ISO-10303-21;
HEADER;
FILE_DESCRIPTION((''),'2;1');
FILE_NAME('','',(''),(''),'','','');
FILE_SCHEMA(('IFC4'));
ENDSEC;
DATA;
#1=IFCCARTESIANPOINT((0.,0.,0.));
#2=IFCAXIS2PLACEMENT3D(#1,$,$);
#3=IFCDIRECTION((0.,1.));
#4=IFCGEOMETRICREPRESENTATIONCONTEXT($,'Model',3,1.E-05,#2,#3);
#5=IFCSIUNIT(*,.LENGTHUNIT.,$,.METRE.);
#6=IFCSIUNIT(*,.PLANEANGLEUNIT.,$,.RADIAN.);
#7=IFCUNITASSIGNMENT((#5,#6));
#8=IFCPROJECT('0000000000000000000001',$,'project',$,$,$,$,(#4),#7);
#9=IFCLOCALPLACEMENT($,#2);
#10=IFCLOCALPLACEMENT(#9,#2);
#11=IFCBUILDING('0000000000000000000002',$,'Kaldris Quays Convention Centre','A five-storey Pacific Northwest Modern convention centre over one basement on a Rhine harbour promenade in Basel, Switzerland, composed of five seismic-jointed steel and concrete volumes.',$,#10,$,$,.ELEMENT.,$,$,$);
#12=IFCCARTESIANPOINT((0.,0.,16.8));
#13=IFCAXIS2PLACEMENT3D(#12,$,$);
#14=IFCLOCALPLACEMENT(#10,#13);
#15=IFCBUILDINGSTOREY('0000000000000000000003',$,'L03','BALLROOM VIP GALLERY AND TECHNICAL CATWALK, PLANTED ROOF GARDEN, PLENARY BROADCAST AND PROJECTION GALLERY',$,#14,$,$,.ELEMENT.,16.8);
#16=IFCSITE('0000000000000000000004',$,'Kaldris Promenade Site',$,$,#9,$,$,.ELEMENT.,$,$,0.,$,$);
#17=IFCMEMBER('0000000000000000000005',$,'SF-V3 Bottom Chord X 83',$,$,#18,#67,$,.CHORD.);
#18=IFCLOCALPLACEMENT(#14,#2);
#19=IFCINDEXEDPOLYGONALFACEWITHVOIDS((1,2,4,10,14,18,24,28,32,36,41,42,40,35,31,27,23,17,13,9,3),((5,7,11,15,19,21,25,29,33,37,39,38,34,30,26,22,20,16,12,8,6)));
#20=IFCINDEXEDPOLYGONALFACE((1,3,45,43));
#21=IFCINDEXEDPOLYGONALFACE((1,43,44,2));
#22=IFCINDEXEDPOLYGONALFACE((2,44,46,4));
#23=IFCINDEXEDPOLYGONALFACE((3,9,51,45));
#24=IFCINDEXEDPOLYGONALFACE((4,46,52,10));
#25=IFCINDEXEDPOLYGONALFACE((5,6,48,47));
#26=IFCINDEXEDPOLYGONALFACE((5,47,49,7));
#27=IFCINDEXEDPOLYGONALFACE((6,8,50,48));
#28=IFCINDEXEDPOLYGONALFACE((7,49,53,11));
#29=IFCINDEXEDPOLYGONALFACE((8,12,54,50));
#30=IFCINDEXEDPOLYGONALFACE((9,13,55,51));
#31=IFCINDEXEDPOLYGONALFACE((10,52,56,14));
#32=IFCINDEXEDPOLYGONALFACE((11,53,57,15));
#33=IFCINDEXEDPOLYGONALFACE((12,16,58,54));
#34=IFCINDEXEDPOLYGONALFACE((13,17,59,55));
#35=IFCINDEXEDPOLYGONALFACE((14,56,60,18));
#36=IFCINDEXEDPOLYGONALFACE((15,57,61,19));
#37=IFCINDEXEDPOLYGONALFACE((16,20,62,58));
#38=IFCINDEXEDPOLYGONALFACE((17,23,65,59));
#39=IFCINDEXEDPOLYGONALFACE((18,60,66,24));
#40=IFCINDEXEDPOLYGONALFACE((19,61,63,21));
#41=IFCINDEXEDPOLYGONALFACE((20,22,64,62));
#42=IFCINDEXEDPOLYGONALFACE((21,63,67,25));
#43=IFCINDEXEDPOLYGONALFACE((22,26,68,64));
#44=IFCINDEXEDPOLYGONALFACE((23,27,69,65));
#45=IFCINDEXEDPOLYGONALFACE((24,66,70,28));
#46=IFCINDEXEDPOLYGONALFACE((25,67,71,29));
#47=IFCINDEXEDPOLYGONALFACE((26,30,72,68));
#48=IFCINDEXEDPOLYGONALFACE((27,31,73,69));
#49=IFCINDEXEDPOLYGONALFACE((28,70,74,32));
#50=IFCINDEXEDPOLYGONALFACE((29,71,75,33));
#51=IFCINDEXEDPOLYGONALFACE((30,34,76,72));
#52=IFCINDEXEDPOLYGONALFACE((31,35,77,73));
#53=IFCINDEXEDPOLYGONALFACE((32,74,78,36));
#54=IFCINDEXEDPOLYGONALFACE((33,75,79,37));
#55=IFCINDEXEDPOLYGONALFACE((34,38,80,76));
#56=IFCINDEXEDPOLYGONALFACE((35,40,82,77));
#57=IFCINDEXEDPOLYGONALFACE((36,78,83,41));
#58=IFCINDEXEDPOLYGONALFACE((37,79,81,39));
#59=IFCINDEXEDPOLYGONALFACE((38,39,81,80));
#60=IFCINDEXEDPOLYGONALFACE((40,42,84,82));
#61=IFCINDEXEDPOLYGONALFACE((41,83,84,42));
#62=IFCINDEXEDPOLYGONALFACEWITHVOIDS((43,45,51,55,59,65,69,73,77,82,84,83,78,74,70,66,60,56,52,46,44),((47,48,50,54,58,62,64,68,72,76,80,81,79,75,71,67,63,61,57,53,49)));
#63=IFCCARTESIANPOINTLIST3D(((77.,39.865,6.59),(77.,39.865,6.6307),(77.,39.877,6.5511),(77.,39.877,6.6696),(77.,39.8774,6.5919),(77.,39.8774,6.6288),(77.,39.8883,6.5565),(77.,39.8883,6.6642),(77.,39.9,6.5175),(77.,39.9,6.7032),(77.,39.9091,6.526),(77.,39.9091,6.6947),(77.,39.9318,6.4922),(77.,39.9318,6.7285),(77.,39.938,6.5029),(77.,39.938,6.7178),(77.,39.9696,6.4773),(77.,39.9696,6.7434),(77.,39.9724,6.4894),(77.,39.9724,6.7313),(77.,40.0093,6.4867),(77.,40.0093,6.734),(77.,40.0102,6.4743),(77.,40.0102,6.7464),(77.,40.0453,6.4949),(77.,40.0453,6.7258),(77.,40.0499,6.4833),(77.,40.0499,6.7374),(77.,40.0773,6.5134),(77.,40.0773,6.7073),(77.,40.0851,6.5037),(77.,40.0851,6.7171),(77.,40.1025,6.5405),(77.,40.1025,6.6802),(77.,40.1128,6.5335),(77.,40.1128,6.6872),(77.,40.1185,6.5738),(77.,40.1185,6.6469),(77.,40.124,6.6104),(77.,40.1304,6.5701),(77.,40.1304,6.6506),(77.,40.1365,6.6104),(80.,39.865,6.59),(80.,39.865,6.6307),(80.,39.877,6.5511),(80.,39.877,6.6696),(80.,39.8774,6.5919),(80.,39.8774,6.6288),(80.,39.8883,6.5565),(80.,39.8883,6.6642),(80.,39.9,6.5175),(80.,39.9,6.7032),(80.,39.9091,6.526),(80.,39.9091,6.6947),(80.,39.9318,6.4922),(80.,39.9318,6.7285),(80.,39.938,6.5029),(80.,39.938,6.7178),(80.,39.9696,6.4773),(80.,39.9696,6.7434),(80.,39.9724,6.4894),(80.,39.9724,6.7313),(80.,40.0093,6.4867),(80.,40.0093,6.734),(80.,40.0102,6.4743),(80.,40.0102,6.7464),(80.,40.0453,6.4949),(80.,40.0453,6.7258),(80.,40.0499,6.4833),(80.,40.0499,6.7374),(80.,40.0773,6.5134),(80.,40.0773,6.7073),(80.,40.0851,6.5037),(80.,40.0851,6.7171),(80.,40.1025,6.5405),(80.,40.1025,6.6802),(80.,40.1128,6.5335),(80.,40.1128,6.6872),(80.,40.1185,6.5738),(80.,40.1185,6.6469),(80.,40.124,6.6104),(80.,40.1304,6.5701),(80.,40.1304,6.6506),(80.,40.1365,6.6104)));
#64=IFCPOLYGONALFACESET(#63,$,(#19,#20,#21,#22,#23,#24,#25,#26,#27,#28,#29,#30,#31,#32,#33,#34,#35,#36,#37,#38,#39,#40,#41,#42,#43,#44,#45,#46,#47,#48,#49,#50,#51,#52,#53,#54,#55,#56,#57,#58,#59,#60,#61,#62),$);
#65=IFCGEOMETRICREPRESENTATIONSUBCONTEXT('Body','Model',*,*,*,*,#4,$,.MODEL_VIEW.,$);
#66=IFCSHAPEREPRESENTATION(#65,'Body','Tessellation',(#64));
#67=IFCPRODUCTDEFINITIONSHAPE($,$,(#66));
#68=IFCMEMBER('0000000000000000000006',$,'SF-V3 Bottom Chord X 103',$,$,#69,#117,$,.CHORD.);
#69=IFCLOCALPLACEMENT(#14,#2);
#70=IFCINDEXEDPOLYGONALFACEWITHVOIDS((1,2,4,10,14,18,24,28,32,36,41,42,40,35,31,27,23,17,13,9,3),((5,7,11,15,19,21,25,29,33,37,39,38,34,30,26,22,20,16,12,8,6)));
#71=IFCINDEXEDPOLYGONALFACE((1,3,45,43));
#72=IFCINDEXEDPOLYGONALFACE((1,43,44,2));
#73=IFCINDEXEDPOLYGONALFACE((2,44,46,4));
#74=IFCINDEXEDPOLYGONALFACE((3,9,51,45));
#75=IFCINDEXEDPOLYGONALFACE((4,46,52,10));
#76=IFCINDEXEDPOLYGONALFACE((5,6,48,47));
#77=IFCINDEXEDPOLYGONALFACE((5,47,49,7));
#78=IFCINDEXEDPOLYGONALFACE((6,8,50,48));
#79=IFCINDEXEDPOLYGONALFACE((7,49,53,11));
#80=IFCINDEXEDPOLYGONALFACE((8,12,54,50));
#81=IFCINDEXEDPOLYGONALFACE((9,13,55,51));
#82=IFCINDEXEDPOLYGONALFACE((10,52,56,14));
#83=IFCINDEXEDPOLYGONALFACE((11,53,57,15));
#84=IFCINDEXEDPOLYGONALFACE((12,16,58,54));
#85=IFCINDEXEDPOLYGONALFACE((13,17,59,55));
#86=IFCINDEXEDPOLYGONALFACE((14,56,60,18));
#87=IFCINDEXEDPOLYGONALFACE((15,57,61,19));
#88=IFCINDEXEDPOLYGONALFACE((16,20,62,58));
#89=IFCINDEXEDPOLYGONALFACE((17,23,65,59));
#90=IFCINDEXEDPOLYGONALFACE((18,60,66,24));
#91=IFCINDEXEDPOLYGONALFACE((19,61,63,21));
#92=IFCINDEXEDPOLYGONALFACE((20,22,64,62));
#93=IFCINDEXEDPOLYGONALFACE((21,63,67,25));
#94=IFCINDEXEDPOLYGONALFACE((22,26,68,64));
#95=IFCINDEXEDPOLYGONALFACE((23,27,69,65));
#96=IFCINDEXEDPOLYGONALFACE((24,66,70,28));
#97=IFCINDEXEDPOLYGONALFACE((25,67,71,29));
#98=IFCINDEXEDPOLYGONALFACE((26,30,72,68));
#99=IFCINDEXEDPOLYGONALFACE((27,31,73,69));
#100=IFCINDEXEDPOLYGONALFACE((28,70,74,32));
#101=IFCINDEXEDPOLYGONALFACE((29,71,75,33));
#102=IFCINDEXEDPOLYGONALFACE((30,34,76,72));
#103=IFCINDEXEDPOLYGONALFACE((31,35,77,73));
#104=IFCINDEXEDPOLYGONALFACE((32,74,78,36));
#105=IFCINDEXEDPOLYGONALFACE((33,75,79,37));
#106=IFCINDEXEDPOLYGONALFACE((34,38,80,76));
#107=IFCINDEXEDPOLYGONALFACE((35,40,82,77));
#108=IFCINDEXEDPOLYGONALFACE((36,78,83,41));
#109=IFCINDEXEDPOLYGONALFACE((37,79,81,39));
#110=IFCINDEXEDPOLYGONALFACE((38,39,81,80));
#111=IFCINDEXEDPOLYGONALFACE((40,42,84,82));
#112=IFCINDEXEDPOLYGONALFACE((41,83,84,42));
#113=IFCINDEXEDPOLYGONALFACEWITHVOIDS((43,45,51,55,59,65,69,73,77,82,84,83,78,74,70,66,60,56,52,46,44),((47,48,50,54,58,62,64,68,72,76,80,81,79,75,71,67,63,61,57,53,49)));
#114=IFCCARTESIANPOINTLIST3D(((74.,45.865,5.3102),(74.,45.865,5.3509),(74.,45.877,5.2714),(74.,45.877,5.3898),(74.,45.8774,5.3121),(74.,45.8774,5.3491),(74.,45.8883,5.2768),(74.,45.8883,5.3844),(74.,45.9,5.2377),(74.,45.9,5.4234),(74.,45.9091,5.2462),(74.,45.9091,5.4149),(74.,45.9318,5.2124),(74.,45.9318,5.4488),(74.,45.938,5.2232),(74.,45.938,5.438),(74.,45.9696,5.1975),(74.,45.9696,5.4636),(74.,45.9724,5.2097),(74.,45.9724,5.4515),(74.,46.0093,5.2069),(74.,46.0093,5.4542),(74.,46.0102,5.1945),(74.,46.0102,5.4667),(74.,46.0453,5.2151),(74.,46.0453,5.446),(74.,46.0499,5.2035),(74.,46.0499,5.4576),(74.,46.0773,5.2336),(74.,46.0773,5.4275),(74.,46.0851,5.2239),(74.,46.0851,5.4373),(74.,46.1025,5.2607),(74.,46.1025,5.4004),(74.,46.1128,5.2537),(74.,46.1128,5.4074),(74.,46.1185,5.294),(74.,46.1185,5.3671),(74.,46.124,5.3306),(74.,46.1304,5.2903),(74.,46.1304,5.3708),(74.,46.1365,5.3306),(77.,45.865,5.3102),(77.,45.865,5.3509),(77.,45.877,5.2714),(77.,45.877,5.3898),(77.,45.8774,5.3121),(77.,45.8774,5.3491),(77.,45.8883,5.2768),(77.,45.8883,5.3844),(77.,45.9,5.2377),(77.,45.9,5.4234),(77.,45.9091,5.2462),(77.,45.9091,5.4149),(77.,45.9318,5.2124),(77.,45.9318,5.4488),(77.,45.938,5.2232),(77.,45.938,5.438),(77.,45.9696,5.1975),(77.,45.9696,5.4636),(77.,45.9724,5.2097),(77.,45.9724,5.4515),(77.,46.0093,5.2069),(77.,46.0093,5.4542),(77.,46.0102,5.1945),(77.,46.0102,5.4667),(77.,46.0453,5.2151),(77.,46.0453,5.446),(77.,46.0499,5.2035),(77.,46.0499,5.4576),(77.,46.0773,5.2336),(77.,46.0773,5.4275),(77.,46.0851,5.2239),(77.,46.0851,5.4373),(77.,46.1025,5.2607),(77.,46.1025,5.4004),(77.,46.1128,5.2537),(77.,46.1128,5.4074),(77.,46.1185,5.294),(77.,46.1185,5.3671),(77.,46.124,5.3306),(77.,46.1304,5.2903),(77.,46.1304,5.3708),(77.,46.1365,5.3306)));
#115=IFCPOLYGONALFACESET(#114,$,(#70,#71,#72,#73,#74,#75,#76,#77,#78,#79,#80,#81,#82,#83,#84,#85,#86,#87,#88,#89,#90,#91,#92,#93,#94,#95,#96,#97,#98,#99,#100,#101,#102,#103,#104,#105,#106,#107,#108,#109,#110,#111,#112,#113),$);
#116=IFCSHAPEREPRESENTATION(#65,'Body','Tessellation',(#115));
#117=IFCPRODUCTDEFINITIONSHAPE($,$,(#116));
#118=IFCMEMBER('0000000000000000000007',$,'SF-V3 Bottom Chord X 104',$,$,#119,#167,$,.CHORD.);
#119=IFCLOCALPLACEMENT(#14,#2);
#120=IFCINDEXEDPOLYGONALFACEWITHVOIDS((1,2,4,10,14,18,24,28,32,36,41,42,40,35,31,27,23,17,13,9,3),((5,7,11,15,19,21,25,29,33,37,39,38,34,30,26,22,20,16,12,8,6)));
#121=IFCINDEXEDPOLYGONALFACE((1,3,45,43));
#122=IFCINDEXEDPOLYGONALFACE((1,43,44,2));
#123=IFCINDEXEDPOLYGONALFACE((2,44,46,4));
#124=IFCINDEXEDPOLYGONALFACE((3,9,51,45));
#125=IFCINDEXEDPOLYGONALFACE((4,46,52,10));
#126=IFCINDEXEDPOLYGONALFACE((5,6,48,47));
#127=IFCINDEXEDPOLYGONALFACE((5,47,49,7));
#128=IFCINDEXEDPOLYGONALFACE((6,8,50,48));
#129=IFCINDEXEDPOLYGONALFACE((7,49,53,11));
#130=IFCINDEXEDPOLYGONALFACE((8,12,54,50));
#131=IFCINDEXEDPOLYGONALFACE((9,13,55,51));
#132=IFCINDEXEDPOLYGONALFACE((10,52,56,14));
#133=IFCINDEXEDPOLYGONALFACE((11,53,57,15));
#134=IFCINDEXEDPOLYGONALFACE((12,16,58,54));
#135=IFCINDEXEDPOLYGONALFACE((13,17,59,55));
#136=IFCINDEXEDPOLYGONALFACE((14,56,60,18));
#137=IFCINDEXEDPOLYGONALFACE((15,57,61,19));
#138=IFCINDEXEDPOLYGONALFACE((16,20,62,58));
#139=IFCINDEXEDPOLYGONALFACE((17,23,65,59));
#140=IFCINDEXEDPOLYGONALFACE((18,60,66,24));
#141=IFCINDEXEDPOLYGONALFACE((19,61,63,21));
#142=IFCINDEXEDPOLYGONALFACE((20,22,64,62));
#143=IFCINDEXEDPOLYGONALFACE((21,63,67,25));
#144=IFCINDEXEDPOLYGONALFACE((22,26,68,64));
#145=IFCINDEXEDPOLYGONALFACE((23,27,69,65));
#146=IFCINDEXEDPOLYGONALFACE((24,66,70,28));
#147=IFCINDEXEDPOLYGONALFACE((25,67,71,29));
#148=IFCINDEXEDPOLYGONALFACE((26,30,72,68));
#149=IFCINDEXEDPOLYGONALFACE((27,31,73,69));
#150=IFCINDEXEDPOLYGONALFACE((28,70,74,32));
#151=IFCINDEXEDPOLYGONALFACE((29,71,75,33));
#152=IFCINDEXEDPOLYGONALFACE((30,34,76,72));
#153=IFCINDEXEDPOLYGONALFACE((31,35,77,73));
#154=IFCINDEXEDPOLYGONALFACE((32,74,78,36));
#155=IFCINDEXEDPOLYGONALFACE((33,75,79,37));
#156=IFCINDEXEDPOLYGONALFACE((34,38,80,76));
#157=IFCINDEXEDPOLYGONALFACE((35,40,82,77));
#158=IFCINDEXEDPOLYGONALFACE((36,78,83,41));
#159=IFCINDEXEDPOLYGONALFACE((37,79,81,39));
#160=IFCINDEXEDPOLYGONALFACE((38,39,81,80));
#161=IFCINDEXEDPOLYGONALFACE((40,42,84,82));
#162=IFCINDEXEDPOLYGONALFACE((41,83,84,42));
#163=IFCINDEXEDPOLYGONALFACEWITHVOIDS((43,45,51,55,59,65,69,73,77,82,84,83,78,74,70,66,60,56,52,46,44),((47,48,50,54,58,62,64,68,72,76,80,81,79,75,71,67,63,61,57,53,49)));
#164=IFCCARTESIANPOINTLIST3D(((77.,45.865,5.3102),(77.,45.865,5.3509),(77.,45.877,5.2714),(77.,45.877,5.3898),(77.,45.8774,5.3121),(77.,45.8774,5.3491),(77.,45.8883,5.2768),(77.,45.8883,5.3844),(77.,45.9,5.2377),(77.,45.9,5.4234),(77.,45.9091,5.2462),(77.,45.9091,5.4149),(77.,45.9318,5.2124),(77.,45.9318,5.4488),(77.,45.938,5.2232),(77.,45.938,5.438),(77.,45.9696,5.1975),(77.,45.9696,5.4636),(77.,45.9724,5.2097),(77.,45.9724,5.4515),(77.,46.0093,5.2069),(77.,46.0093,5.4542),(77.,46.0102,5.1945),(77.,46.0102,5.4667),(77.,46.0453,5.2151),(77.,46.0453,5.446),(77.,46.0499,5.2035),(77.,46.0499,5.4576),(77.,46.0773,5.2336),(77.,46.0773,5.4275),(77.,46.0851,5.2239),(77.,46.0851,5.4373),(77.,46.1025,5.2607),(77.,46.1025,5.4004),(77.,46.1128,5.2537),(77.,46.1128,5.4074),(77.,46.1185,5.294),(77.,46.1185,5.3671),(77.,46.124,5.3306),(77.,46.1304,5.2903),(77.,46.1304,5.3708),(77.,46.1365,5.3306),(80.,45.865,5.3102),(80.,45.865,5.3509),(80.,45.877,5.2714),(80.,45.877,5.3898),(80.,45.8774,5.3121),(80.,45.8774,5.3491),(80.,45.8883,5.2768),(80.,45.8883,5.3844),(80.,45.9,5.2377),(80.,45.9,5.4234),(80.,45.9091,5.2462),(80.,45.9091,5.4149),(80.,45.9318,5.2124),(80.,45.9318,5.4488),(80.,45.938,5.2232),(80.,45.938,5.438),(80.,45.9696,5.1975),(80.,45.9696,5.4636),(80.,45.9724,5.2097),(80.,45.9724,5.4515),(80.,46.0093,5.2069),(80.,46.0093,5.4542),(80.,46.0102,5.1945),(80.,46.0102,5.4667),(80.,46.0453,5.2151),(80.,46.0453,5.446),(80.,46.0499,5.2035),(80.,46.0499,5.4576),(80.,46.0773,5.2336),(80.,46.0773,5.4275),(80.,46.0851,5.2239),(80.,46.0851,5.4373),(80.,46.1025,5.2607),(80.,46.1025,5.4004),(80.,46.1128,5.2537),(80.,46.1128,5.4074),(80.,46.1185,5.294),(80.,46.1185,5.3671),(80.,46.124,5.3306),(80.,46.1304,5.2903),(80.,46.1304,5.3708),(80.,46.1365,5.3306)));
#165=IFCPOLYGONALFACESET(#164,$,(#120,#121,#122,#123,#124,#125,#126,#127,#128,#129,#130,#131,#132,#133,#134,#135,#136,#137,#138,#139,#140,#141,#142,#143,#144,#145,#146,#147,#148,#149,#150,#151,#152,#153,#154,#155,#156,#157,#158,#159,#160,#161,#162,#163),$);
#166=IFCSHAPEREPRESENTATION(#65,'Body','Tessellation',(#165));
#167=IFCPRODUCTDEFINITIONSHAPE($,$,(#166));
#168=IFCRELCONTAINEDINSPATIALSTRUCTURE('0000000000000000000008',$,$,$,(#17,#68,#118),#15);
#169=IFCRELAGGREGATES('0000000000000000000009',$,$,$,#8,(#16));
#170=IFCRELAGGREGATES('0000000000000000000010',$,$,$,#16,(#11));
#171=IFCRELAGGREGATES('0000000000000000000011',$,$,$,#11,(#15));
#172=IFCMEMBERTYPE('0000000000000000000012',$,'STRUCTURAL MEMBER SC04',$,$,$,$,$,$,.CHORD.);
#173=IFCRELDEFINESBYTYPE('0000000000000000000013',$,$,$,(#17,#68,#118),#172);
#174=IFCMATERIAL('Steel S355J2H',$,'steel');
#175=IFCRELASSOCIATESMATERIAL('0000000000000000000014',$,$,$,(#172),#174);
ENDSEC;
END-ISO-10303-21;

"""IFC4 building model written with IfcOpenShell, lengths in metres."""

from ifc_helpers import new_model, si_unit, direction, frame, origin, origin_2d, place, context, subcontext, project, spatial, hollow_circle, extrude, material, material_profile, profile_set, type_object, element, save


model = new_model("IFC4")

# Units and contexts
model_context = context("Model", 3, precision=1e-05, world=origin(), true_north=direction((0.0, 1.0)))
body_context = subcontext(model_context, "Body", "Model", "MODEL_VIEW")
ifc_project = project(units=[si_unit("LENGTHUNIT", "METRE"), si_unit("PLANEANGLEUNIT", "RADIAN")], contexts=[model_context])

# Site, building, storey
site_placement = place(None, origin())
site = spatial("IfcSite", under=ifc_project, at=site_placement, Name="Kaldris Promenade Site", CompositionType="ELEMENT", RefElevation=0.0)
building_placement = place(site_placement, origin())
building = spatial("IfcBuilding", under=site, at=building_placement, Name="Kaldris Quays Convention Centre", Description="A five-storey Pacific Northwest Modern convention centre over one basement on a Rhine harbour promenade in Basel, Switzerland, composed of five seismic-jointed steel and concrete volumes.", CompositionType="ELEMENT")
storey_placement = place(building_placement, frame((0.0, 0.0, 16.8)))
storey = spatial("IfcBuildingStorey", under=building, at=storey_placement, Name="L03", Description="BALLROOM VIP GALLERY AND TECHNICAL CATWALK, PLANTED ROOF GARDEN, PLENARY BROADCAST AND PROJECTION GALLERY", CompositionType="ELEMENT", Elevation=16.8)

# Members
ifc_material_1 = material(Name="Steel S355J2H", Category="steel")
ifc_material_profile_1 = material_profile(ifc_material_1, hollow_circle(Radius=0.1365, WallThickness=0.0125, at=origin_2d()), Name="CHS 273x12.5")
ifc_profile_set_1 = profile_set([ifc_material_profile_1], Name="Steel S355J2H")
member_type_1 = type_object("IfcMemberType", Name="STRUCTURAL MEMBER SC04", PredefinedType="CHORD", material=ifc_profile_set_1)
for number, where, z_axis, x_axis, name in (
    (1, (77.0, 40.0, 6.6104), (1.0, 0.0, 0.0), (0.0, 1.0, 0.0), "SF-V3 Bottom Chord X 83"),
    (2, (74.0, 46.0, 5.3306), (1.0, 0.0, 0.0), (0.0, 1.0, 0.0), "SF-V3 Bottom Chord X 103"),
    (3, (77.0, 46.0, 5.3306), (1.0, 0.0, 0.0), (0.0, 1.0, 0.0), "SF-V3 Bottom Chord X 104"),
):
    element("IfcMember", number, at=place(storey_placement, frame(where, z_axis=z_axis, x_axis=x_axis)), inside=storey, type_object=member_type_1, Name=name, PredefinedType="CHORD", context=body_context, shape_type="SweptSolid", body=[
        extrude(hollow_circle(Radius=0.1365, WallThickness=0.0125, at=origin_2d()), origin(), (0.0, 0.0, 1.0), 3.0),
    ])

save(model, "model.ifc")
